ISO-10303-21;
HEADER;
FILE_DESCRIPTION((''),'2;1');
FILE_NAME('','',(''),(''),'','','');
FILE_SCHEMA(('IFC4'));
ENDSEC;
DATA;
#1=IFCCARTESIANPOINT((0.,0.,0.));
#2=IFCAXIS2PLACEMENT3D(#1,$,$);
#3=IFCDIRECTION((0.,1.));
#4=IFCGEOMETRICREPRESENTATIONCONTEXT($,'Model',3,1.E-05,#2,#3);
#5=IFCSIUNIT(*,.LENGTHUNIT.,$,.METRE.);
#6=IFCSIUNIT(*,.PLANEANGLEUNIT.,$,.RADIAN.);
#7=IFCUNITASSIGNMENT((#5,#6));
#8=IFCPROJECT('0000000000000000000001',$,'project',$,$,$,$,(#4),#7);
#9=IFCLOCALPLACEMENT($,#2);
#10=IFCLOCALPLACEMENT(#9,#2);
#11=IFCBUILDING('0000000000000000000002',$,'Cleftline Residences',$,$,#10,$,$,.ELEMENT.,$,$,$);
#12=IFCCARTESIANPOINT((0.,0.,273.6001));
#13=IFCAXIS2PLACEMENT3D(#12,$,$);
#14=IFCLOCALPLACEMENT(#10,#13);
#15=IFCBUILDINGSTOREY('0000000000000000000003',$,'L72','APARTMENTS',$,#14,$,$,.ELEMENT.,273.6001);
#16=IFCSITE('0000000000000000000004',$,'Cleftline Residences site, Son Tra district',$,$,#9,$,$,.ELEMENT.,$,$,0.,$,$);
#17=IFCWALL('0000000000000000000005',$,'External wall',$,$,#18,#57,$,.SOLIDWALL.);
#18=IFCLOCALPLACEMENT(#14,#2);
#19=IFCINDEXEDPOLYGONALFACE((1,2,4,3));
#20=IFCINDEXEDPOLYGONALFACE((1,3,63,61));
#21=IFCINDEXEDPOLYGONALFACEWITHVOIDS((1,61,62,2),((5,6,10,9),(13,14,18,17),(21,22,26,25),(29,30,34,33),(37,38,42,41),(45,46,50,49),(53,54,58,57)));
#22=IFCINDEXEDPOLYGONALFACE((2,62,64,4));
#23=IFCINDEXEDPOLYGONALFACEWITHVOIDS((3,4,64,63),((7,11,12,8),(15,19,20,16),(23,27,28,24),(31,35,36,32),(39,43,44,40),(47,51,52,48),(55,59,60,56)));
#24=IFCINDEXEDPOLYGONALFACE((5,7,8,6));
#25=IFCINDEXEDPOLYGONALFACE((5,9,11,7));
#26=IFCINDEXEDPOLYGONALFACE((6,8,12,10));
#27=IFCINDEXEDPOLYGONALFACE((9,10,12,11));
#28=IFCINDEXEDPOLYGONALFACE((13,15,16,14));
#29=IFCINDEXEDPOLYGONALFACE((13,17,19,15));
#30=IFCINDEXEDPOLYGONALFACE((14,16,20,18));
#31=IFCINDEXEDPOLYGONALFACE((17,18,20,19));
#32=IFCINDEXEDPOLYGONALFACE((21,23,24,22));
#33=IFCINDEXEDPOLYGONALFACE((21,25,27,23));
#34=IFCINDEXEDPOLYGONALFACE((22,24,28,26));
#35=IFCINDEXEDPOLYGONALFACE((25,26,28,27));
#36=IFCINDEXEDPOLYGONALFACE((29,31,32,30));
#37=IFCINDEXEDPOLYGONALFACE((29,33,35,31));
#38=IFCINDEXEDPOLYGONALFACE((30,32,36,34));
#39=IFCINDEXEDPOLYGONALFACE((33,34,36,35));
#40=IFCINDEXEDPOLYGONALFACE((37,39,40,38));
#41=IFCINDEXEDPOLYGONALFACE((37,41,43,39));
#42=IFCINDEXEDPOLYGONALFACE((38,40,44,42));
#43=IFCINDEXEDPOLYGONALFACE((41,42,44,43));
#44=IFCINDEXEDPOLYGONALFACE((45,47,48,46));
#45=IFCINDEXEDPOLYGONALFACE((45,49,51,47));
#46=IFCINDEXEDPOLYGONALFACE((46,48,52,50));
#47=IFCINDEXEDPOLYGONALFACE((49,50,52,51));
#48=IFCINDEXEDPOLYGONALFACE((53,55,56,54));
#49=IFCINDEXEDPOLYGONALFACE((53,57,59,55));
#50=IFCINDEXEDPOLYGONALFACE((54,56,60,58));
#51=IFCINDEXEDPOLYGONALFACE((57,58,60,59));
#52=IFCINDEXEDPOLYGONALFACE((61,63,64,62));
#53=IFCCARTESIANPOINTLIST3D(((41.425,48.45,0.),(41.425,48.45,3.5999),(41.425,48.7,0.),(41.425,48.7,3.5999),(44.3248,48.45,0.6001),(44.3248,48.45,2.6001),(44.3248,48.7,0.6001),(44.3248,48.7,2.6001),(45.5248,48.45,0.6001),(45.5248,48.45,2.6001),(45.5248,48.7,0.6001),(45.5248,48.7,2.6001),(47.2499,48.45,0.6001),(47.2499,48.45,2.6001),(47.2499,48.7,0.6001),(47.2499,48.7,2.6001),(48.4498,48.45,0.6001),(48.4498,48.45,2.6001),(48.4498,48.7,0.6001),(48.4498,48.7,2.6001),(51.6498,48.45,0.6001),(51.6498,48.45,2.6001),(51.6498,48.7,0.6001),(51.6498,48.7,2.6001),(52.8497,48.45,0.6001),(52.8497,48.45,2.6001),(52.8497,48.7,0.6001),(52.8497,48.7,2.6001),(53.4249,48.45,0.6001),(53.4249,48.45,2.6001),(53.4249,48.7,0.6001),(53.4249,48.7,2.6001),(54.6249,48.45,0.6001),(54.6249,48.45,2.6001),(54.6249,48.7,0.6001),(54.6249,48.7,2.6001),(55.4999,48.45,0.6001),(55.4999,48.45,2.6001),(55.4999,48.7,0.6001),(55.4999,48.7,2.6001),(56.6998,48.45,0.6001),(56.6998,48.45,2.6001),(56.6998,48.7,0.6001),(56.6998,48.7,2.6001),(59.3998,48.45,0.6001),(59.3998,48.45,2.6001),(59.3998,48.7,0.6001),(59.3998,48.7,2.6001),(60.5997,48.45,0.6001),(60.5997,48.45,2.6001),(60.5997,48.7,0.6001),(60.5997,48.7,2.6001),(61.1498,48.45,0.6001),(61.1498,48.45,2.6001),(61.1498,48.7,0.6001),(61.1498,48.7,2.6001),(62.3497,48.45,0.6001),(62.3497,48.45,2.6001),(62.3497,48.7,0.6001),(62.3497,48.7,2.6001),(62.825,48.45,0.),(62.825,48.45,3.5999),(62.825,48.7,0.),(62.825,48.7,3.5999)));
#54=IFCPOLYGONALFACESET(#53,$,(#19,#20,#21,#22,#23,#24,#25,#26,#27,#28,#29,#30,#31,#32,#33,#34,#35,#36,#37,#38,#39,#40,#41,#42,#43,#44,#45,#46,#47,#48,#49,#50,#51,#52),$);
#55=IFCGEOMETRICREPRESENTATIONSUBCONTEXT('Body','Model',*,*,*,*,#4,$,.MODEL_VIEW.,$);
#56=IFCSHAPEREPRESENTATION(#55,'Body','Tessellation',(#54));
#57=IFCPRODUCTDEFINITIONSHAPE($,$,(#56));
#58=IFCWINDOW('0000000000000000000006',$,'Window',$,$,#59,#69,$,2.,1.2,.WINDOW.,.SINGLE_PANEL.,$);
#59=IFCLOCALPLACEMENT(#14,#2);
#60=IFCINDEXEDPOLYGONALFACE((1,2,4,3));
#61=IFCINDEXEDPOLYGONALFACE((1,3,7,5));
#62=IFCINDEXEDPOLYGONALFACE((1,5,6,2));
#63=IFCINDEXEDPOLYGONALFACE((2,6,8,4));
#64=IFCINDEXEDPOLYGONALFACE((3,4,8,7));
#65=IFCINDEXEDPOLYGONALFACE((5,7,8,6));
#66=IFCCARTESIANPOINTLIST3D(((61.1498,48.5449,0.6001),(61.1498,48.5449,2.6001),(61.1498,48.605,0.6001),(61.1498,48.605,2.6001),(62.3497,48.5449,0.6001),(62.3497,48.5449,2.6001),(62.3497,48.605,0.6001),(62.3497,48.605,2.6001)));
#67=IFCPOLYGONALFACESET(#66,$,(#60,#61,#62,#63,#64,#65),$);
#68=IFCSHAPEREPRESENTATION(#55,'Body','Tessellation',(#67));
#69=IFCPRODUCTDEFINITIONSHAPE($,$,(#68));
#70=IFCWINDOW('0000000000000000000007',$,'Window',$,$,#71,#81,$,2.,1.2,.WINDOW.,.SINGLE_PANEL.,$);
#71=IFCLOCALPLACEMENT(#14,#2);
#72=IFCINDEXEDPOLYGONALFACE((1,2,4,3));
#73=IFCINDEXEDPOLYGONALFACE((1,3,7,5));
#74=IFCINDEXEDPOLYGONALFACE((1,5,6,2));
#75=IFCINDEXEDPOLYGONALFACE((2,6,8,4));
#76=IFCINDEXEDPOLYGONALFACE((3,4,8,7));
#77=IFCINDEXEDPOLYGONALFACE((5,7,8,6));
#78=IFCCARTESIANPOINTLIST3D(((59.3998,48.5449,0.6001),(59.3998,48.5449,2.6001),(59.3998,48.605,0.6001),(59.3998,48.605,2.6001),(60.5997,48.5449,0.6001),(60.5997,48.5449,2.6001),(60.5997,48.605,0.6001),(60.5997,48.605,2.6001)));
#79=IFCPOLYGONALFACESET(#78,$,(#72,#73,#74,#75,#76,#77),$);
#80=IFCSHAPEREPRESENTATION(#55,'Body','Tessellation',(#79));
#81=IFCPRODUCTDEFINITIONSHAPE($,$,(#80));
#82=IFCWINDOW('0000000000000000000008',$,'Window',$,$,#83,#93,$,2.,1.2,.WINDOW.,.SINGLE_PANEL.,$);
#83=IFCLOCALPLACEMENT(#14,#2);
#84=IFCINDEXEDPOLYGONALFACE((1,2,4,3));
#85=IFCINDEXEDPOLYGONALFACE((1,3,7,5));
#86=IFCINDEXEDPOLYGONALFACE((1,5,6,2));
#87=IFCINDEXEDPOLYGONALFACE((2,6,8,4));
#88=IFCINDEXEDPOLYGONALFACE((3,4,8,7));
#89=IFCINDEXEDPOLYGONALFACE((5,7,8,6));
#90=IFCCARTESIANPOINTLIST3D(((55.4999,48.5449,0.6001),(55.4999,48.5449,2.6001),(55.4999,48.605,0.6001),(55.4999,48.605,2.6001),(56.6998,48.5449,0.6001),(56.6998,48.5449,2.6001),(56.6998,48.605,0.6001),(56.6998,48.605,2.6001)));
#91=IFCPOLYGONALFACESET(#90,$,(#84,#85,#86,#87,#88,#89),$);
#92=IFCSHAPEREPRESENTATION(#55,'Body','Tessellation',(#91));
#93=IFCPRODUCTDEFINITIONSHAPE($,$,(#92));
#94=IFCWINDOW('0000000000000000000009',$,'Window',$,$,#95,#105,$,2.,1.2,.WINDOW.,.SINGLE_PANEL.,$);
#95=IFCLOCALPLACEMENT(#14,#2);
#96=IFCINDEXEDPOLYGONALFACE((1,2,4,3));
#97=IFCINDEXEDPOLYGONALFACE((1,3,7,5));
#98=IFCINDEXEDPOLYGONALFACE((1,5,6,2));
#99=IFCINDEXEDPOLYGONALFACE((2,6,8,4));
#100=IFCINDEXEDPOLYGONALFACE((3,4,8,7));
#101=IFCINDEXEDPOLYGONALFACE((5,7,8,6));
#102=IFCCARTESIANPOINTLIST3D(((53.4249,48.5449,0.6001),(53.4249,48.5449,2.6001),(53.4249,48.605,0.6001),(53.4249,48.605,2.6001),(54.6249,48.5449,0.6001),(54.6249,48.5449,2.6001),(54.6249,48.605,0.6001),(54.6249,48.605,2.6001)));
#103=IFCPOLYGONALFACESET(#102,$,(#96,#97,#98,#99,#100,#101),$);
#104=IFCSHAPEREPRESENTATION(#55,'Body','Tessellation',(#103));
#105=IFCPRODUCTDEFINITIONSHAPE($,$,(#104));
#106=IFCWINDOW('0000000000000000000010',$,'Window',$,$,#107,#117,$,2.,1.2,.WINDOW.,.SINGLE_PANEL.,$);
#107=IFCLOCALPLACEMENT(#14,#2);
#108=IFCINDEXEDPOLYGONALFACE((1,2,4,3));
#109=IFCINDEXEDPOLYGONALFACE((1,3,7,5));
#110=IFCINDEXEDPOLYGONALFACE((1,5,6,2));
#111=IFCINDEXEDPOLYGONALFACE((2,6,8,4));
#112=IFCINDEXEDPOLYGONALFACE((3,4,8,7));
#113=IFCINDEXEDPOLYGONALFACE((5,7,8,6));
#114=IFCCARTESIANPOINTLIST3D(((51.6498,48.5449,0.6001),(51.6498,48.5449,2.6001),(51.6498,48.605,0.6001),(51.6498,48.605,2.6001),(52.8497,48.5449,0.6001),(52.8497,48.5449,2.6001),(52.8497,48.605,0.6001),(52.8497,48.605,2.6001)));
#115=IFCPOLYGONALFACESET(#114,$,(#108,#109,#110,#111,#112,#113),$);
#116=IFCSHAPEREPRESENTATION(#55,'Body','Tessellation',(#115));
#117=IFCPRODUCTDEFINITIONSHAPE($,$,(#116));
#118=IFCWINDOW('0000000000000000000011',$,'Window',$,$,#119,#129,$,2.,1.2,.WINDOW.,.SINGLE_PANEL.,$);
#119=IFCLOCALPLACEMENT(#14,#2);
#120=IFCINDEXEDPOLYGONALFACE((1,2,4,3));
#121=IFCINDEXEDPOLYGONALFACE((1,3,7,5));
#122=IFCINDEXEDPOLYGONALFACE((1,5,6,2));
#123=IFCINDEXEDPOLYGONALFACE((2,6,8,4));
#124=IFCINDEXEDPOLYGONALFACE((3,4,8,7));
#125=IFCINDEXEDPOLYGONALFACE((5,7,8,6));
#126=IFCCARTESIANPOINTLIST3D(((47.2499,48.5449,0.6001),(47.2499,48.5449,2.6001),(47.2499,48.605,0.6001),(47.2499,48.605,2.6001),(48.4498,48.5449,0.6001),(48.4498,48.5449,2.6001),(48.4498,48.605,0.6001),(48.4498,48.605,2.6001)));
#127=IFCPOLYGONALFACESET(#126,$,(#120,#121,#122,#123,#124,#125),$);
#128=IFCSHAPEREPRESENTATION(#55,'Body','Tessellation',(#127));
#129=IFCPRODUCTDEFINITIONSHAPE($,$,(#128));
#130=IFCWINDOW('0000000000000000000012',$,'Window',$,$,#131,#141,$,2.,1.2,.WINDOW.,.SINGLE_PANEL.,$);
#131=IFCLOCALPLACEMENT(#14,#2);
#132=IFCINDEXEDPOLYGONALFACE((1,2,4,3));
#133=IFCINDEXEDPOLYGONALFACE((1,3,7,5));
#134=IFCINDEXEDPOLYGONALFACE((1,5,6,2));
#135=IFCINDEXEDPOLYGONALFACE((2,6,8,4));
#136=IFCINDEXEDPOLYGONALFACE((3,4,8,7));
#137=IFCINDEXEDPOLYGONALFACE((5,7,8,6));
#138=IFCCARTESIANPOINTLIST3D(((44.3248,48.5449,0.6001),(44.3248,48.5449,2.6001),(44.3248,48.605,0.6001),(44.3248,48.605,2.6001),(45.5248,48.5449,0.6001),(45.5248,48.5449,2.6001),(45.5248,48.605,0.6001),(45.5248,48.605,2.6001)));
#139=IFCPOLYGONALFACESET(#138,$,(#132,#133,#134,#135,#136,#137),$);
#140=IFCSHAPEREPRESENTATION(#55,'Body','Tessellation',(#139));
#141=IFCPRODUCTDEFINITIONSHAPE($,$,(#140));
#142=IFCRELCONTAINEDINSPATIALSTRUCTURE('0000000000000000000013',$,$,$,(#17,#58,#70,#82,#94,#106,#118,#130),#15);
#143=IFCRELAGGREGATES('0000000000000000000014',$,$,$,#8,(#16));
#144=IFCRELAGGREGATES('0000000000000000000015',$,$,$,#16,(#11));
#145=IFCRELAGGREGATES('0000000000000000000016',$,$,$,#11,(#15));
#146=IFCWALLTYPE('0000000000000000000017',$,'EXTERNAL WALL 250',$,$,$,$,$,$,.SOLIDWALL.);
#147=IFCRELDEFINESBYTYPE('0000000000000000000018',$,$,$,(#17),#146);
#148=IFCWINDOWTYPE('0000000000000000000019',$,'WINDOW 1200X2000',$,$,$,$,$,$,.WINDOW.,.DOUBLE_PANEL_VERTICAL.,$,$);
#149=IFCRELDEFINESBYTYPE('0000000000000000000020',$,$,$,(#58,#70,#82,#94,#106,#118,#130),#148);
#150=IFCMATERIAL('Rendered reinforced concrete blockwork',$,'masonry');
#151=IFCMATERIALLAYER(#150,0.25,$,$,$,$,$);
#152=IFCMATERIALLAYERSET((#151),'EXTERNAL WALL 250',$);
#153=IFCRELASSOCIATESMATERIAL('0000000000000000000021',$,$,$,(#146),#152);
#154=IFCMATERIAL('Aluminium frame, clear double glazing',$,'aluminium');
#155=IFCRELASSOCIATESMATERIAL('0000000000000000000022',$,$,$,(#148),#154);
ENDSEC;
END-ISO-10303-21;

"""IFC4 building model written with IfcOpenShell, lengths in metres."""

from ifc_helpers import new_model, si_unit, direction, frame, frame_2d, origin, place, context, subcontext, project, spatial, rectangle, extrude, material, layer, layer_set, type_object, element, fill, save


model = new_model("IFC4")

# Units and contexts
model_context = context("Model", 3, precision=1e-05, world=origin(), true_north=direction((0.0, 1.0)))
body_context = subcontext(model_context, "Body", "Model", "MODEL_VIEW")
ifc_project = project(units=[si_unit("LENGTHUNIT", "METRE"), si_unit("PLANEANGLEUNIT", "RADIAN")], contexts=[model_context])

# Site, building, storey
site_placement = place(None, origin())
site = spatial("IfcSite", under=ifc_project, at=site_placement, Name="Cleftline Residences site, Son Tra district", CompositionType="ELEMENT", RefElevation=0.0)
building_placement = place(site_placement, origin())
building = spatial("IfcBuilding", under=site, at=building_placement, Name="Cleftline Residences", CompositionType="ELEMENT")
storey_placement = place(building_placement, frame((0.0, 0.0, 273.6001)))
storey = spatial("IfcBuildingStorey", under=building, at=storey_placement, Name="L72", Description="APARTMENTS", CompositionType="ELEMENT", Elevation=273.6001)

# Shared definitions
ifc_material_1 = material(Name="Rendered reinforced concrete blockwork", Category="masonry")
ifc_layer_1 = layer(ifc_material_1, 0.25)
ifc_layer_set_1 = layer_set([ifc_layer_1], Name="EXTERNAL WALL 250")
wall_type = type_object("IfcWallType", Name="EXTERNAL WALL 250", PredefinedType="SOLIDWALL", material=ifc_layer_set_1)

# Wall, openings, windows
wall_1_placement = place(storey_placement, frame((62.825, 48.575, 0.0), z_axis=(0.0, 0.0, 1.0), x_axis=(-1.0, 0.0, 0.0)))
wall_1 = element("IfcWall", 1, at=wall_1_placement, inside=storey, type_object=wall_type, Name="External wall", PredefinedType="SOLIDWALL", context=body_context, shape_type="SweptSolid", body=[
    extrude(rectangle(XDim=21.3999, YDim=0.25, at=frame_2d((10.7, 0.0))), origin(), (0.0, 0.0, 1.0), 3.5999),
])
opening_1_placement = place(wall_1_placement, frame((0.4751, 0.0, 0.6001)))
opening_1 = element("IfcOpeningElement", 2, at=opening_1_placement, cuts=wall_1, PredefinedType="OPENING", context=body_context, shape_type="SweptSolid", body=[
    extrude(rectangle(XDim=1.2, YDim=2.0, at=frame_2d((0.6001, 1.0))), frame((0.0, 0.135, 0.0), z_axis=(0.0, -1.0, 0.0), x_axis=(1.0, 0.0, 0.0)), (0.0, 0.0, 1.0), 0.27),
])
opening_2_placement = place(wall_1_placement, frame((2.2251, 0.0, 0.6001)))
opening_2 = element("IfcOpeningElement", 3, at=opening_2_placement, cuts=wall_1, PredefinedType="OPENING", context=body_context, shape_type="SweptSolid", body=[
    extrude(rectangle(XDim=1.2, YDim=2.0, at=frame_2d((0.6001, 1.0))), frame((0.0, 0.135, 0.0), z_axis=(0.0, -1.0, 0.0), x_axis=(1.0, 0.0, 0.0)), (0.0, 0.0, 1.0), 0.27),
])
opening_3_placement = place(wall_1_placement, frame((6.125, 0.0, 0.6001)))
opening_3 = element("IfcOpeningElement", 4, at=opening_3_placement, cuts=wall_1, PredefinedType="OPENING", context=body_context, shape_type="SweptSolid", body=[
    extrude(rectangle(XDim=1.2, YDim=2.0, at=frame_2d((0.6001, 1.0))), frame((0.0, 0.135, 0.0), z_axis=(0.0, -1.0, 0.0), x_axis=(1.0, 0.0, 0.0)), (0.0, 0.0, 1.0), 0.27),
])
opening_4_placement = place(wall_1_placement, frame((8.2, 0.0, 0.6001)))
opening_4 = element("IfcOpeningElement", 5, at=opening_4_placement, cuts=wall_1, PredefinedType="OPENING", context=body_context, shape_type="SweptSolid", body=[
    extrude(rectangle(XDim=1.2, YDim=2.0, at=frame_2d((0.6001, 1.0))), frame((0.0, 0.135, 0.0), z_axis=(0.0, -1.0, 0.0), x_axis=(1.0, 0.0, 0.0)), (0.0, 0.0, 1.0), 0.27),
])
opening_5_placement = place(wall_1_placement, frame((9.9751, 0.0, 0.6001)))
opening_5 = element("IfcOpeningElement", 6, at=opening_5_placement, cuts=wall_1, PredefinedType="OPENING", context=body_context, shape_type="SweptSolid", body=[
    extrude(rectangle(XDim=1.2, YDim=2.0, at=frame_2d((0.6001, 1.0))), frame((0.0, 0.135, 0.0), z_axis=(0.0, -1.0, 0.0), x_axis=(1.0, 0.0, 0.0)), (0.0, 0.0, 1.0), 0.27),
])
opening_6_placement = place(wall_1_placement, frame((14.375, 0.0, 0.6001)))
opening_6 = element("IfcOpeningElement", 7, at=opening_6_placement, cuts=wall_1, PredefinedType="OPENING", context=body_context, shape_type="SweptSolid", body=[
    extrude(rectangle(XDim=1.2, YDim=2.0, at=frame_2d((0.6001, 1.0))), frame((0.0, 0.135, 0.0), z_axis=(0.0, -1.0, 0.0), x_axis=(1.0, 0.0, 0.0)), (0.0, 0.0, 1.0), 0.27),
])
opening_7_placement = place(wall_1_placement, frame((17.3, 0.0, 0.6001)))
opening_7 = element("IfcOpeningElement", 8, at=opening_7_placement, cuts=wall_1, PredefinedType="OPENING", context=body_context, shape_type="SweptSolid", body=[
    extrude(rectangle(XDim=1.2, YDim=2.0, at=frame_2d((0.6001, 1.0))), frame((0.0, 0.135, 0.0), z_axis=(0.0, -1.0, 0.0), x_axis=(1.0, 0.0, 0.0)), (0.0, 0.0, 1.0), 0.27),
])
ifc_material_2 = material(Name="Aluminium frame, clear double glazing", Category="aluminium")
window_type_1 = type_object("IfcWindowType", Name="WINDOW 1200X2000", PartitioningType="DOUBLE_PANEL_VERTICAL", PredefinedType="WINDOW", material=ifc_material_2)
window_1_placement = place(opening_1_placement, origin())
window_1 = element("IfcWindow", 9, at=window_1_placement, inside=storey, type_object=window_type_1, Name="Window", OverallHeight=2.0, OverallWidth=1.2, PartitioningType="SINGLE_PANEL", PredefinedType="WINDOW", context=body_context, shape_type="SweptSolid", body=[
    extrude(rectangle(XDim=1.2, YDim=2.0, at=frame_2d((0.6001, 1.0))), frame((0.0, 0.03, 0.0), z_axis=(0.0, -1.0, 0.0), x_axis=(1.0, 0.0, 0.0)), (0.0, 0.0, 1.0), 0.0601),
])
fill(opening_1, window_1)
window_2_placement = place(opening_2_placement, origin())
window_2 = element("IfcWindow", 10, at=window_2_placement, inside=storey, type_object=window_type_1, Name="Window", OverallHeight=2.0, OverallWidth=1.2, PartitioningType="SINGLE_PANEL", PredefinedType="WINDOW", context=body_context, shape_type="SweptSolid", body=[
    extrude(rectangle(XDim=1.2, YDim=2.0, at=frame_2d((0.6001, 1.0))), frame((0.0, 0.03, 0.0), z_axis=(0.0, -1.0, 0.0), x_axis=(1.0, 0.0, 0.0)), (0.0, 0.0, 1.0), 0.0601),
])
fill(opening_2, window_2)
window_3_placement = place(opening_3_placement, origin())
window_3 = element("IfcWindow", 11, at=window_3_placement, inside=storey, type_object=window_type_1, Name="Window", OverallHeight=2.0, OverallWidth=1.2, PartitioningType="SINGLE_PANEL", PredefinedType="WINDOW", context=body_context, shape_type="SweptSolid", body=[
    extrude(rectangle(XDim=1.2, YDim=2.0, at=frame_2d((0.6001, 1.0))), frame((0.0, 0.03, 0.0), z_axis=(0.0, -1.0, 0.0), x_axis=(1.0, 0.0, 0.0)), (0.0, 0.0, 1.0), 0.0601),
])
fill(opening_3, window_3)
window_4_placement = place(opening_4_placement, origin())
window_4 = element("IfcWindow", 12, at=window_4_placement, inside=storey, type_object=window_type_1, Name="Window", OverallHeight=2.0, OverallWidth=1.2, PartitioningType="SINGLE_PANEL", PredefinedType="WINDOW", context=body_context, shape_type="SweptSolid", body=[
    extrude(rectangle(XDim=1.2, YDim=2.0, at=frame_2d((0.6001, 1.0))), frame((0.0, 0.03, 0.0), z_axis=(0.0, -1.0, 0.0), x_axis=(1.0, 0.0, 0.0)), (0.0, 0.0, 1.0), 0.0601),
])
fill(opening_4, window_4)
window_5_placement = place(opening_5_placement, origin())
window_5 = element("IfcWindow", 13, at=window_5_placement, inside=storey, type_object=window_type_1, Name="Window", OverallHeight=2.0, OverallWidth=1.2, PartitioningType="SINGLE_PANEL", PredefinedType="WINDOW", context=body_context, shape_type="SweptSolid", body=[
    extrude(rectangle(XDim=1.2, YDim=2.0, at=frame_2d((0.6001, 1.0))), frame((0.0, 0.03, 0.0), z_axis=(0.0, -1.0, 0.0), x_axis=(1.0, 0.0, 0.0)), (0.0, 0.0, 1.0), 0.0601),
])
fill(opening_5, window_5)
window_6_placement = place(opening_6_placement, origin())
window_6 = element("IfcWindow", 14, at=window_6_placement, inside=storey, type_object=window_type_1, Name="Window", OverallHeight=2.0, OverallWidth=1.2, PartitioningType="SINGLE_PANEL", PredefinedType="WINDOW", context=body_context, shape_type="SweptSolid", body=[
    extrude(rectangle(XDim=1.2, YDim=2.0, at=frame_2d((0.6001, 1.0))), frame((0.0, 0.03, 0.0), z_axis=(0.0, -1.0, 0.0), x_axis=(1.0, 0.0, 0.0)), (0.0, 0.0, 1.0), 0.0601),
])
fill(opening_6, window_6)
window_7_placement = place(opening_7_placement, origin())
window_7 = element("IfcWindow", 15, at=window_7_placement, inside=storey, type_object=window_type_1, Name="Window", OverallHeight=2.0, OverallWidth=1.2, PartitioningType="SINGLE_PANEL", PredefinedType="WINDOW", context=body_context, shape_type="SweptSolid", body=[
    extrude(rectangle(XDim=1.2, YDim=2.0, at=frame_2d((0.6001, 1.0))), frame((0.0, 0.03, 0.0), z_axis=(0.0, -1.0, 0.0), x_axis=(1.0, 0.0, 0.0)), (0.0, 0.0, 1.0), 0.0601),
])
fill(opening_7, window_7)

save(model, "model.ifc")
